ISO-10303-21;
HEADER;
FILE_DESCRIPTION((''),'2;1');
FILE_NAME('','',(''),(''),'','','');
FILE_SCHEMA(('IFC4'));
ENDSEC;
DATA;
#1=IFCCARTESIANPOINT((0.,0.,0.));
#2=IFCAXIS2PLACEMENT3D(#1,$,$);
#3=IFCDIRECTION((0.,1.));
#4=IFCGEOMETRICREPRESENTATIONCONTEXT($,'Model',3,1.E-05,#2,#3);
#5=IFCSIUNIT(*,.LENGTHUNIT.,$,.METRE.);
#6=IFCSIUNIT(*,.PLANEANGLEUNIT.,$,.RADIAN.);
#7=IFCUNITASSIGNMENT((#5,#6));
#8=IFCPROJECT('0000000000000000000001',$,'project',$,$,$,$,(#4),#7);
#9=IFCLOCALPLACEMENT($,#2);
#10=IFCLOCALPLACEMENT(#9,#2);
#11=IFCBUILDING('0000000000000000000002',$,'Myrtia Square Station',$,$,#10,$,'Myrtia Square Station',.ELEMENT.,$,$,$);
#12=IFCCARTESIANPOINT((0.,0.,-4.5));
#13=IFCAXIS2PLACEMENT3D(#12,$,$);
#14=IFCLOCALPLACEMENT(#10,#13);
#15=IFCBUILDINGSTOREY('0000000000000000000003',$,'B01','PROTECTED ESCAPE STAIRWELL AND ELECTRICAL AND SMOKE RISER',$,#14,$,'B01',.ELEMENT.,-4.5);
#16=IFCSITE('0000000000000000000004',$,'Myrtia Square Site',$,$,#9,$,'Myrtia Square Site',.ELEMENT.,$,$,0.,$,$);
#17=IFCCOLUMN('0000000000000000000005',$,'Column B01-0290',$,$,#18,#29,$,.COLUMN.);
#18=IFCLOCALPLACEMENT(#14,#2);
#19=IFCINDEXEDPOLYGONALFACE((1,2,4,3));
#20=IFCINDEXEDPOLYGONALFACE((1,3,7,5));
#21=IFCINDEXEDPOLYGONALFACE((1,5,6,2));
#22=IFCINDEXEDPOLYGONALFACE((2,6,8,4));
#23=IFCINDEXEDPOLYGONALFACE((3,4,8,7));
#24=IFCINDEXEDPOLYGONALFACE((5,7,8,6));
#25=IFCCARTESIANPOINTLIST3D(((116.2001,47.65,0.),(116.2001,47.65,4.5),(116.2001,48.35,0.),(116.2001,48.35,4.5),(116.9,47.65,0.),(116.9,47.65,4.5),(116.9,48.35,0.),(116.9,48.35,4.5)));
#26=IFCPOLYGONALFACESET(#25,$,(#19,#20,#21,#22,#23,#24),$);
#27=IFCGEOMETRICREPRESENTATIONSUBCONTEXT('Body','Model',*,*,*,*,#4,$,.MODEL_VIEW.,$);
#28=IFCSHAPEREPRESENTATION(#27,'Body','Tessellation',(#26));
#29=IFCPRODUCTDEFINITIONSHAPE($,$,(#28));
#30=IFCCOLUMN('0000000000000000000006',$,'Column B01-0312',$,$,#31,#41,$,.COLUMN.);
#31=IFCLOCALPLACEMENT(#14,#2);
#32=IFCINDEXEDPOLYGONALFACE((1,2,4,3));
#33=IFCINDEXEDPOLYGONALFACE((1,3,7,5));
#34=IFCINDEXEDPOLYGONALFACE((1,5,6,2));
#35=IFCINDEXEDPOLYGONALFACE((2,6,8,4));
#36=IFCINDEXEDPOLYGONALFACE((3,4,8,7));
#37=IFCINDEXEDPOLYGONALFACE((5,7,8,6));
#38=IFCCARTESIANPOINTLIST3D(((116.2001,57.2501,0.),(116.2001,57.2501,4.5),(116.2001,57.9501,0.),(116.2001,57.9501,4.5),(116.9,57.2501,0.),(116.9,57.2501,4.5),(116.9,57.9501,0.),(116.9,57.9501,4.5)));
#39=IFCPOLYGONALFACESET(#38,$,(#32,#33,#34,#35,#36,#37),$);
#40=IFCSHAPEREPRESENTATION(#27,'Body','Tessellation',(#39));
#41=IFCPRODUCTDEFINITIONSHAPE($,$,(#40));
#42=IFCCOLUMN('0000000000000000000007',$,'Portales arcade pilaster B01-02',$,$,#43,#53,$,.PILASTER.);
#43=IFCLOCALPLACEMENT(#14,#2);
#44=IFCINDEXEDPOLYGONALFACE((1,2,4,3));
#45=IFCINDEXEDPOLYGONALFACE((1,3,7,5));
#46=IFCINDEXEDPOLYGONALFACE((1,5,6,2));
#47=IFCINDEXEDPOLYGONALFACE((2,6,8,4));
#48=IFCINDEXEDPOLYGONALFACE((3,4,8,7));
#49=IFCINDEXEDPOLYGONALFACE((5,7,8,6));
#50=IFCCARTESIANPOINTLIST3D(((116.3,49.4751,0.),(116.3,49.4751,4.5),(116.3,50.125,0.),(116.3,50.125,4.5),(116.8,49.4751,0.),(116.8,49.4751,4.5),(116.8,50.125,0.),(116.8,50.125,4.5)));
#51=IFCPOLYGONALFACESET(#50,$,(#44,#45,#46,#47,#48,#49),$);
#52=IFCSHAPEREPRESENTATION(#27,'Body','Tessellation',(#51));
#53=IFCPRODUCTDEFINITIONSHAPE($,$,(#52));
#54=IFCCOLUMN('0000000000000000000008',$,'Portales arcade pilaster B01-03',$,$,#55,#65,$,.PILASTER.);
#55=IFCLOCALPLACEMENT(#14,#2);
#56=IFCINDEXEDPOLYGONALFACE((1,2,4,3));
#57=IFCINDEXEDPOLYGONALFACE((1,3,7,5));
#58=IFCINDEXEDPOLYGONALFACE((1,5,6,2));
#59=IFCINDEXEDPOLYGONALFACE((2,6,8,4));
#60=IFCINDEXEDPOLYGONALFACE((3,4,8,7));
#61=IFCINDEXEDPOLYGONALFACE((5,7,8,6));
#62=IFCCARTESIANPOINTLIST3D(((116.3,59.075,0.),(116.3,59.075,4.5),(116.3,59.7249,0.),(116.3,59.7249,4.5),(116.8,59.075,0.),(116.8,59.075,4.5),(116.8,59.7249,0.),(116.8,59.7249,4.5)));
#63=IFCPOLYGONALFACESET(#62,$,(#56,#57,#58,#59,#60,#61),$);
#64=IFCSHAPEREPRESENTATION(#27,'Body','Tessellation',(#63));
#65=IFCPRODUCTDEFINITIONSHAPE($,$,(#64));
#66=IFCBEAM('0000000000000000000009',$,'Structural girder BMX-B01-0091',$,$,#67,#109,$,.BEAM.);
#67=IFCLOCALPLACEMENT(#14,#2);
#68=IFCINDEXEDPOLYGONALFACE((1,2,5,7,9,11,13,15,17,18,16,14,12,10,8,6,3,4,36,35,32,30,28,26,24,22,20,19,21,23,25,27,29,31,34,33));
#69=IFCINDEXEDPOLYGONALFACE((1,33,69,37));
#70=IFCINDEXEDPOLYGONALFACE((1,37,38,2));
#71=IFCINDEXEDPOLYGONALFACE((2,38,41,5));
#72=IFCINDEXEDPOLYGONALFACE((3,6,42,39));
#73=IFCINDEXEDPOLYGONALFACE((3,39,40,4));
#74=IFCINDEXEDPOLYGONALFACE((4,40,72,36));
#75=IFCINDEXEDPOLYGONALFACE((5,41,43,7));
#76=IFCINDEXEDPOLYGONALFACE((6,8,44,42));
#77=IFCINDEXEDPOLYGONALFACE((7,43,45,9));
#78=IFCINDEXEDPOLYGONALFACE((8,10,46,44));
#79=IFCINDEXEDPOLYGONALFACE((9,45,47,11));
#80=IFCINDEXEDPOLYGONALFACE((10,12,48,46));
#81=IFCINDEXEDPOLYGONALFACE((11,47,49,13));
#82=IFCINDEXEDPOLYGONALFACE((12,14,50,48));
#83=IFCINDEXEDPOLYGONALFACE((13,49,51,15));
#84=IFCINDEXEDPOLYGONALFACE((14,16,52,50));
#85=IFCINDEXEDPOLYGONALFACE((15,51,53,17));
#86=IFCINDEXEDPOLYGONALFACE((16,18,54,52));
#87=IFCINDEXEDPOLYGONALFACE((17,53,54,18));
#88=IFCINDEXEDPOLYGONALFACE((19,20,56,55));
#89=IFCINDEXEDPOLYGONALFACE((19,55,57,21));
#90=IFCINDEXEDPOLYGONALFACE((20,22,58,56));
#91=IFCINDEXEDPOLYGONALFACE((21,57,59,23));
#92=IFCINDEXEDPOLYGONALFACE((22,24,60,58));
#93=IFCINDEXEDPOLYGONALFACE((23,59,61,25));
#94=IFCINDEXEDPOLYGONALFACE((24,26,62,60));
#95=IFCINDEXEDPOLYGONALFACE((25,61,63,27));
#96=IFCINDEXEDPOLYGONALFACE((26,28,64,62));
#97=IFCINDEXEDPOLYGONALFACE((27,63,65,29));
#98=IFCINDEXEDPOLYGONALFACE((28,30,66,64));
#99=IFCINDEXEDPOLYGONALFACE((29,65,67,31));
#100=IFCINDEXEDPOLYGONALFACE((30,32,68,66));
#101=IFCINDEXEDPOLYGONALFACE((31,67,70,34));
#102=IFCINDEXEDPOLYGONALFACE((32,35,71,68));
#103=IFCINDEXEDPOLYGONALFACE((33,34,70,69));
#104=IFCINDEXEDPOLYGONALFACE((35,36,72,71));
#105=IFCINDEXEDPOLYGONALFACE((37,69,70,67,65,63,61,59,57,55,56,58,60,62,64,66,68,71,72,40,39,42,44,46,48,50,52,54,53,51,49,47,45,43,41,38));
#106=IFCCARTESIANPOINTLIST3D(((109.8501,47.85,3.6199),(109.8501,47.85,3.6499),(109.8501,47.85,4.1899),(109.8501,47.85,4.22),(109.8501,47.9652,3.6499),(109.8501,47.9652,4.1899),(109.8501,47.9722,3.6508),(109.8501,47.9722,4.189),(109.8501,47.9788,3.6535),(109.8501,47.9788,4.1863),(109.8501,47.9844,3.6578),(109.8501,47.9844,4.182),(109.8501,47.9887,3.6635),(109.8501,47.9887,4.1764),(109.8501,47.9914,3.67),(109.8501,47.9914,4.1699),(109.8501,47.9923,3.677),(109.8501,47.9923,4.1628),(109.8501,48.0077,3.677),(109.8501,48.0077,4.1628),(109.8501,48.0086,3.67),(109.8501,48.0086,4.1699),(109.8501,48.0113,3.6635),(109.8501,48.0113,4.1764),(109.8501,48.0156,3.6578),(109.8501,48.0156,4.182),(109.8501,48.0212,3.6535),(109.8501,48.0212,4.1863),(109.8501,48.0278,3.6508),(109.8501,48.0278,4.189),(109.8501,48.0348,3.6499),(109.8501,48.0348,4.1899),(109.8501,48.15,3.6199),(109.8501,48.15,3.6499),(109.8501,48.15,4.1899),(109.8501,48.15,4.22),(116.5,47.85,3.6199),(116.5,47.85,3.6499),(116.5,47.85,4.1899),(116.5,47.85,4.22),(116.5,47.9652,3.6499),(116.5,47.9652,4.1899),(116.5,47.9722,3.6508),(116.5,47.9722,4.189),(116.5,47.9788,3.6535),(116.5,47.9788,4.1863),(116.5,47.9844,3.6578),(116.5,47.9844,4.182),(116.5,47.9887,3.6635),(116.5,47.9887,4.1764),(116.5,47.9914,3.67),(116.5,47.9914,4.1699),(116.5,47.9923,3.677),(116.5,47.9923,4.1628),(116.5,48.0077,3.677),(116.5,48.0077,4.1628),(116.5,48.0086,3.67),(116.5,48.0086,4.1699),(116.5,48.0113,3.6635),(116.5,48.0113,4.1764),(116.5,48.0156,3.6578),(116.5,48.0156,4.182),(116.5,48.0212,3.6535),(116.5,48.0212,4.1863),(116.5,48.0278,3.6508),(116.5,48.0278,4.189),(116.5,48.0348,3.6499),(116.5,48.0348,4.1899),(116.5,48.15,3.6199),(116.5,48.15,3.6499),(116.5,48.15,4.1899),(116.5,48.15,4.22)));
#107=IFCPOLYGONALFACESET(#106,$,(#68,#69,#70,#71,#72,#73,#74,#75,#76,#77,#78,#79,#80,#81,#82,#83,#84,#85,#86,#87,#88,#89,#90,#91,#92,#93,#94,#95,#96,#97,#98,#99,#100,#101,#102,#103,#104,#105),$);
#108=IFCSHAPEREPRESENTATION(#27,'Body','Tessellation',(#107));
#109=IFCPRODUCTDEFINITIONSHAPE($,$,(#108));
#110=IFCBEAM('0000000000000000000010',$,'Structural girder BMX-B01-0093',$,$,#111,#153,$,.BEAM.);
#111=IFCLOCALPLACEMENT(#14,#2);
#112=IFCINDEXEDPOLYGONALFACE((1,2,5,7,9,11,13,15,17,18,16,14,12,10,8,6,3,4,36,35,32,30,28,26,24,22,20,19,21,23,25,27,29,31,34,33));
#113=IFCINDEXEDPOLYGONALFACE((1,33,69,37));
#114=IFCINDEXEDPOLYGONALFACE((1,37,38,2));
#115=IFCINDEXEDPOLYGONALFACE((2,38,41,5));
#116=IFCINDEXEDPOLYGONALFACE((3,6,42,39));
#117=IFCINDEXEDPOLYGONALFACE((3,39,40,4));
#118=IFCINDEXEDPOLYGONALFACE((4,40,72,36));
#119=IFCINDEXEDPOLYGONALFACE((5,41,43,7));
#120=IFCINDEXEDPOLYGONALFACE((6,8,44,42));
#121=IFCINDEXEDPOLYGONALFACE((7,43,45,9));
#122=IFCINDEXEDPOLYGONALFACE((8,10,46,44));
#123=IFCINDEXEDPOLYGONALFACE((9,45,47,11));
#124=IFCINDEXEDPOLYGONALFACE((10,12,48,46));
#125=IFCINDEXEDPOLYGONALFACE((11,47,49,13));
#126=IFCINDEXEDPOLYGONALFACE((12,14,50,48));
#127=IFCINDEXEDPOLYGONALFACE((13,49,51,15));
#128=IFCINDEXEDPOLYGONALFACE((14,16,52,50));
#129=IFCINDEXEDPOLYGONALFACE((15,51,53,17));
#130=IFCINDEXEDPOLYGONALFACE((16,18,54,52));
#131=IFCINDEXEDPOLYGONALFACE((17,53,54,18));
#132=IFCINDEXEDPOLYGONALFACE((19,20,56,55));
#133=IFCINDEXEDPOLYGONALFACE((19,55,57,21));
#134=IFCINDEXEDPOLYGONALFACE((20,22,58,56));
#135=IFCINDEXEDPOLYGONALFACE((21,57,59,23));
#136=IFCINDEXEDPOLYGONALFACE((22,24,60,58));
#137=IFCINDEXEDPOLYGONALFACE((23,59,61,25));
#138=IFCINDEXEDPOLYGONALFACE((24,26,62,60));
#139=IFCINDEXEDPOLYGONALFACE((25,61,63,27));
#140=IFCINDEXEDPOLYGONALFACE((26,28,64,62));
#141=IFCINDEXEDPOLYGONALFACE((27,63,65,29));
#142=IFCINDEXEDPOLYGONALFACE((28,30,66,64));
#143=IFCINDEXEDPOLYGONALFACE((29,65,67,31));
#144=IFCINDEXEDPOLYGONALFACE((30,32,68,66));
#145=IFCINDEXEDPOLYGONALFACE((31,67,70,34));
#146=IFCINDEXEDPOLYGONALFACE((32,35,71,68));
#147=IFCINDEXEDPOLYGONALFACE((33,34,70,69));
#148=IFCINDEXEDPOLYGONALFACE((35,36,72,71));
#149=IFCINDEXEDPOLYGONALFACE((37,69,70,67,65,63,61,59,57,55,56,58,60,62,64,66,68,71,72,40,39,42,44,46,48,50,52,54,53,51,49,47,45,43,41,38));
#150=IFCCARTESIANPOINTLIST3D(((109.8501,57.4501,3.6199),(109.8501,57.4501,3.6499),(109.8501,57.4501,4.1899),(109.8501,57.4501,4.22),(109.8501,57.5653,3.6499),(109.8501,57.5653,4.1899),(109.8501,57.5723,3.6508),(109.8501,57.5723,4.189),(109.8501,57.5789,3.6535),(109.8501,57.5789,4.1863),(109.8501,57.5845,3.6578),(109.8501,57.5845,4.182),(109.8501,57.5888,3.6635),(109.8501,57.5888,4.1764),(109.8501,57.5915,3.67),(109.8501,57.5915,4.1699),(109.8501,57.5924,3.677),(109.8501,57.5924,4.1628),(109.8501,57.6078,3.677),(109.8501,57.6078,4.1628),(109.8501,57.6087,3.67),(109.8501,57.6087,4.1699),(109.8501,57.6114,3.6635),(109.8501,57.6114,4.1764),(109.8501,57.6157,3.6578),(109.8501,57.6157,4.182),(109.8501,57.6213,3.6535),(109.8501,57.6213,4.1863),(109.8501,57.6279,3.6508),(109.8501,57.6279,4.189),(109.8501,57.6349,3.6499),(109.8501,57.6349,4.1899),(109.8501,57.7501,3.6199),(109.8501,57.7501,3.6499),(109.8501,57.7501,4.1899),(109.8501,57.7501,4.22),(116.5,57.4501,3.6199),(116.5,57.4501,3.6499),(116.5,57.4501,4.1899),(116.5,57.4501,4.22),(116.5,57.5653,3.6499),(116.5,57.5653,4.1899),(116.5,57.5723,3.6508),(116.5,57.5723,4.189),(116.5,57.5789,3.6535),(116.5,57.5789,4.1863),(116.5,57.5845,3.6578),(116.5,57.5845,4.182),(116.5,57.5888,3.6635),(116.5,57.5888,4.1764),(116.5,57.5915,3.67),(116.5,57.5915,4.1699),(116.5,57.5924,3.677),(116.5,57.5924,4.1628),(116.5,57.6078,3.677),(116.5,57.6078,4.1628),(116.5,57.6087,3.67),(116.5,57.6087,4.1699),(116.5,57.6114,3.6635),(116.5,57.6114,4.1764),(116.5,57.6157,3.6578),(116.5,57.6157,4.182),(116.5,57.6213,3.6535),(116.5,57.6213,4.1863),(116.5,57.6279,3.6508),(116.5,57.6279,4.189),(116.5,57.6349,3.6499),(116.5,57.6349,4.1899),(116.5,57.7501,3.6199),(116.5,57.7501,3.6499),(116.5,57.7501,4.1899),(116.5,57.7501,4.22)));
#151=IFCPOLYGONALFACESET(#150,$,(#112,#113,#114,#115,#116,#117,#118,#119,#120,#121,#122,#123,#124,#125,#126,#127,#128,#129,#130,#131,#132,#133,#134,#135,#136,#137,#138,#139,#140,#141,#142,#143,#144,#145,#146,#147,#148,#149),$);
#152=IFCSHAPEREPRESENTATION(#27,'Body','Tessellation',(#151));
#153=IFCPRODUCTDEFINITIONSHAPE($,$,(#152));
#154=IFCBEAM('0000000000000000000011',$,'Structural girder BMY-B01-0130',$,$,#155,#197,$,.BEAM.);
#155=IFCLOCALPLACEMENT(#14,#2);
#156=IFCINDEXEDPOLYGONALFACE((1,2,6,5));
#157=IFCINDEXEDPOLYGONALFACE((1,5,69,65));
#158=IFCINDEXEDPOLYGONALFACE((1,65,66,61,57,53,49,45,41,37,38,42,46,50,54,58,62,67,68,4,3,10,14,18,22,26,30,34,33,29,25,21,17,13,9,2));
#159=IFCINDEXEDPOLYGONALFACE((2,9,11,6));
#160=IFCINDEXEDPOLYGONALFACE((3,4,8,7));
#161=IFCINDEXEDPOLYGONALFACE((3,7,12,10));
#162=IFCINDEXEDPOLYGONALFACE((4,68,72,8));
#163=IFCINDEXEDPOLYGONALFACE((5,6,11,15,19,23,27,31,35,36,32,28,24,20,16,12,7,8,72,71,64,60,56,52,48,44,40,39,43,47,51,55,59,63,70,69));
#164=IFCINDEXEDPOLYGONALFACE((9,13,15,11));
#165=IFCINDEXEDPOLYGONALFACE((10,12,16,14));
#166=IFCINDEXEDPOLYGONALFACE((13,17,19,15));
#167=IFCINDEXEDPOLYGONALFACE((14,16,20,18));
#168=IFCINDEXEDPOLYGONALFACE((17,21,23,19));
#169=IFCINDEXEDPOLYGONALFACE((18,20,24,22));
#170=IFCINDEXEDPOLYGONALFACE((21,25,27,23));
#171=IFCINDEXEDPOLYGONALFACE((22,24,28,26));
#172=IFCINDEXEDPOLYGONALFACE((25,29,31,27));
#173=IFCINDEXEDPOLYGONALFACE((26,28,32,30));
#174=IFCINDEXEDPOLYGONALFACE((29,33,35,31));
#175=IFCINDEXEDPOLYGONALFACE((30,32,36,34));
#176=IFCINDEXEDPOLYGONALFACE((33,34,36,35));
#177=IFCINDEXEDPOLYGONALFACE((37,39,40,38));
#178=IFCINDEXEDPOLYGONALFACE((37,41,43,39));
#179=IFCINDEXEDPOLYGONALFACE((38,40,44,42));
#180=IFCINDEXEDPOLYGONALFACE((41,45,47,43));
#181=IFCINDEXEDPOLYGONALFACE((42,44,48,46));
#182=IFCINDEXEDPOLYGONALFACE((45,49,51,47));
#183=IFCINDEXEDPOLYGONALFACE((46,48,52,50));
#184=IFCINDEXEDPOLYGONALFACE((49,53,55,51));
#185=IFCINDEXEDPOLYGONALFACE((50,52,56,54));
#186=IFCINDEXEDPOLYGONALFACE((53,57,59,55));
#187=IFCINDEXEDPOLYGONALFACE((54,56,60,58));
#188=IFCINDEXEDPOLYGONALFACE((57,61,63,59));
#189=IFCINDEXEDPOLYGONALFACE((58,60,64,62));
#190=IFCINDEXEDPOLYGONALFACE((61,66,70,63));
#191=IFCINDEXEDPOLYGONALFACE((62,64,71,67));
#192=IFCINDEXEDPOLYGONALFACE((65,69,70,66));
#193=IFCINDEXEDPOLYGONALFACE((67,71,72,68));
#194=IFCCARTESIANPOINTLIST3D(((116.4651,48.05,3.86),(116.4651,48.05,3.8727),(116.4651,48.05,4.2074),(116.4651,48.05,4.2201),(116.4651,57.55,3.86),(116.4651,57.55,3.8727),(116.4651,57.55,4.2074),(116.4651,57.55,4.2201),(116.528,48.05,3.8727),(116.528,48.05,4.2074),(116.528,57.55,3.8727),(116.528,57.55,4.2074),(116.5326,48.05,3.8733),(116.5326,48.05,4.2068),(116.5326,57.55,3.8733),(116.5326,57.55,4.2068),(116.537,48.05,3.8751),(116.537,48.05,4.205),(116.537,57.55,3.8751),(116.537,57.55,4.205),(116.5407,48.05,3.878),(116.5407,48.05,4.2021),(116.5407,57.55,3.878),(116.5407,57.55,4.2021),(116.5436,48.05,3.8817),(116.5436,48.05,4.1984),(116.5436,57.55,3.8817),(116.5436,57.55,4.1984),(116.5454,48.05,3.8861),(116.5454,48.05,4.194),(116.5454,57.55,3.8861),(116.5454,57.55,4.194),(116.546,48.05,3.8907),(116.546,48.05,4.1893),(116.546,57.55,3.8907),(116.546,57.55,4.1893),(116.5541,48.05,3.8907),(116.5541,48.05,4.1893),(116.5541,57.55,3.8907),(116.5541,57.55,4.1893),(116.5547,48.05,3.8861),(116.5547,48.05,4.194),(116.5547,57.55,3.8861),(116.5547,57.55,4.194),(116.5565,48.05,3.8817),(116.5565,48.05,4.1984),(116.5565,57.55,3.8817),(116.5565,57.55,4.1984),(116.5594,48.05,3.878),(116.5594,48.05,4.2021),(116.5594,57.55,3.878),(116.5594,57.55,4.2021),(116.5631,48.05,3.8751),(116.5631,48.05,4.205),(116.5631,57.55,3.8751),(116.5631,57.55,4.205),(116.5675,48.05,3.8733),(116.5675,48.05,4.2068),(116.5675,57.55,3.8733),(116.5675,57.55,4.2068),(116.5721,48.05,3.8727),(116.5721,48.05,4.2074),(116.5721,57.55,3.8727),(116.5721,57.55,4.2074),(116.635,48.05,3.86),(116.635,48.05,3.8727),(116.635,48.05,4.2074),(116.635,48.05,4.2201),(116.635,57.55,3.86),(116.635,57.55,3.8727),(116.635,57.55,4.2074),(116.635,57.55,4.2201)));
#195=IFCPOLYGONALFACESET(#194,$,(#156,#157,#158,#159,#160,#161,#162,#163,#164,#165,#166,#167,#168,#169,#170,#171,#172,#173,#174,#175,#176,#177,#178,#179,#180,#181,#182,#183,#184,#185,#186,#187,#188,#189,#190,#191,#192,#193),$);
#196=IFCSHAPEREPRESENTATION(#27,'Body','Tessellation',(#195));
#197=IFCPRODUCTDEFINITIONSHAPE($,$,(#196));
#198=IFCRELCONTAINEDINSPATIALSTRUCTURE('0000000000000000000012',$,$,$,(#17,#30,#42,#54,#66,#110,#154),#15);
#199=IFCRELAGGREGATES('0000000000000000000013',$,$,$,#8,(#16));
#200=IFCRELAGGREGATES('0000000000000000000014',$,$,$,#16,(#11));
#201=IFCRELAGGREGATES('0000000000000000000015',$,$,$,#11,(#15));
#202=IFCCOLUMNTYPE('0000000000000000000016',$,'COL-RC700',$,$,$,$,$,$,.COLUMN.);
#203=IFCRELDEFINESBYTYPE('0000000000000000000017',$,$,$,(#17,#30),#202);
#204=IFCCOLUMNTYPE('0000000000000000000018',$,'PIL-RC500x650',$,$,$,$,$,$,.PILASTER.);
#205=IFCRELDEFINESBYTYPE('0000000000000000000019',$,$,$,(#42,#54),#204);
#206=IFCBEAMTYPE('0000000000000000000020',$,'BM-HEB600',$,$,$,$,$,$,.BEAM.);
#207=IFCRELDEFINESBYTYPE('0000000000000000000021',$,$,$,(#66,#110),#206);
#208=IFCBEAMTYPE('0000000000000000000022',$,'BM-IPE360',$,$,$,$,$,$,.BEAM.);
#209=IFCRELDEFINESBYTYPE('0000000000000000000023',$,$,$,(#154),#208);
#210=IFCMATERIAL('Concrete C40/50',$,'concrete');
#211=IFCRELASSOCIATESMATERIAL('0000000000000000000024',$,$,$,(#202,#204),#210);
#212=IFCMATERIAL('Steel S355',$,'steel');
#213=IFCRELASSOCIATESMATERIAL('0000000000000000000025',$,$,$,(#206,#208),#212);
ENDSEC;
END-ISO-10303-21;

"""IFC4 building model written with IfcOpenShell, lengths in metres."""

from ifc_helpers import new_model, si_unit, direction, frame, origin, origin_2d, place, context, subcontext, project, spatial, rectangle, i_section, extrude, material, material_profile, profile_set, type_object, element, save


model = new_model("IFC4")

# Units and contexts
model_context = context("Model", 3, precision=1e-05, world=origin(), true_north=direction((0.0, 1.0)))
body_context = subcontext(model_context, "Body", "Model", "MODEL_VIEW")
ifc_project = project(units=[si_unit("LENGTHUNIT", "METRE"), si_unit("PLANEANGLEUNIT", "RADIAN")], contexts=[model_context])

# Site, building, storey
site_placement = place(None, origin())
site = spatial("IfcSite", under=ifc_project, at=site_placement, Name="Myrtia Square Site", LongName="Myrtia Square Site", CompositionType="ELEMENT", RefElevation=0.0)
building_placement = place(site_placement, origin())
building = spatial("IfcBuilding", under=site, at=building_placement, Name="Myrtia Square Station", LongName="Myrtia Square Station", CompositionType="ELEMENT")
storey_placement = place(building_placement, frame((0.0, 0.0, -4.5)))
storey = spatial("IfcBuildingStorey", under=building, at=storey_placement, Name="B01", Description="PROTECTED ESCAPE STAIRWELL AND ELECTRICAL AND SMOKE RISER", LongName="B01", CompositionType="ELEMENT", Elevation=-4.5)

# Columns
ifc_material_1 = material(Name="Steel S355", Category="steel")
ifc_material_2 = material(Name="Concrete C40/50", Category="concrete")
ifc_material_profile_1 = material_profile(ifc_material_2, rectangle(XDim=0.7, YDim=0.7, at=origin_2d()), Name="RC 700x700")
ifc_profile_set_1 = profile_set([ifc_material_profile_1], Name="Concrete C40/50")
column_type_1 = type_object("IfcColumnType", Name="COL-RC700", PredefinedType="COLUMN", material=ifc_profile_set_1)
for number, where, z_axis, x_axis, name in (
    (1, (116.55, 48.0, 0.0), (0.0, 0.0, 1.0), (1.0, 0.0, 0.0), "Column B01-0290"),
    (2, (116.55, 57.6001, 0.0), (0.0, 0.0, 1.0), (1.0, 0.0, 0.0), "Column B01-0312"),
):
    element("IfcColumn", number, at=place(storey_placement, frame(where, z_axis=z_axis, x_axis=x_axis)), inside=storey, type_object=column_type_1, Name=name, PredefinedType="COLUMN", context=body_context, shape_type="SweptSolid", body=[
        extrude(rectangle(XDim=0.7, YDim=0.7, at=origin_2d()), origin(), (0.0, 0.0, 1.0), 4.5),
    ])
ifc_material_profile_2 = material_profile(ifc_material_2, rectangle(XDim=0.5, YDim=0.6499, at=origin_2d()), Name="PIL 500x650")
ifc_profile_set_2 = profile_set([ifc_material_profile_2], Name="Concrete C40/50")
column_type_2 = type_object("IfcColumnType", Name="PIL-RC500x650", PredefinedType="PILASTER", material=ifc_profile_set_2)
for number, where, z_axis, x_axis, name in (
    (3, (116.55, 49.8, 0.0), (0.0, 0.0, 1.0), (1.0, 0.0, 0.0), "Portales arcade pilaster B01-02"),
    (4, (116.55, 59.3999, 0.0), (0.0, 0.0, 1.0), (1.0, 0.0, 0.0), "Portales arcade pilaster B01-03"),
):
    element("IfcColumn", number, at=place(storey_placement, frame(where, z_axis=z_axis, x_axis=x_axis)), inside=storey, type_object=column_type_2, Name=name, PredefinedType="PILASTER", context=body_context, shape_type="SweptSolid", body=[
        extrude(rectangle(XDim=0.5, YDim=0.6499, at=origin_2d()), origin(), (0.0, 0.0, 1.0), 4.5),
    ])

# Beams
ifc_material_profile_3 = material_profile(ifc_material_1, i_section(OverallWidth=0.3, OverallDepth=0.6001, WebThickness=0.0154, FlangeThickness=0.03, FilletRadius=0.0271, at=origin_2d()), Name="HEB 600")
ifc_profile_set_3 = profile_set([ifc_material_profile_3], Name="Steel S355")
beam_type_1 = type_object("IfcBeamType", Name="BM-HEB600", PredefinedType="BEAM", material=ifc_profile_set_3)
for number, where, z_axis, x_axis, name in (
    (5, (109.8501, 48.0, 3.9199), (1.0, 0.0, 0.0), (0.0, 1.0, 0.0), "Structural girder BMX-B01-0091"),
    (6, (109.8501, 57.6001, 3.9199), (1.0, 0.0, 0.0), (0.0, 1.0, 0.0), "Structural girder BMX-B01-0093"),
):
    element("IfcBeam", number, at=place(storey_placement, frame(where, z_axis=z_axis, x_axis=x_axis)), inside=storey, type_object=beam_type_1, Name=name, PredefinedType="BEAM", context=body_context, shape_type="SweptSolid", body=[
        extrude(i_section(OverallWidth=0.3, OverallDepth=0.6001, WebThickness=0.0154, FlangeThickness=0.03, FilletRadius=0.0271, at=origin_2d()), origin(), (0.0, 0.0, 1.0), 6.6499),
    ])
ifc_material_profile_4 = material_profile(ifc_material_1, i_section(OverallWidth=0.1699, OverallDepth=0.3601, WebThickness=0.0081, FlangeThickness=0.0127, FilletRadius=0.0181, at=origin_2d()), Name="IPE 360")
ifc_profile_set_4 = profile_set([ifc_material_profile_4], Name="Steel S355")
beam_type_2 = type_object("IfcBeamType", Name="BM-IPE360", PredefinedType="BEAM", material=ifc_profile_set_4)
for number, where, z_axis, x_axis, name in (
    (7, (116.55, 48.05, 4.04), (0.0, 1.0, 0.0), (-1.0, 0.0, 0.0), "Structural girder BMY-B01-0130"),
):
    element("IfcBeam", number, at=place(storey_placement, frame(where, z_axis=z_axis, x_axis=x_axis)), inside=storey, type_object=beam_type_2, Name=name, PredefinedType="BEAM", context=body_context, shape_type="SweptSolid", body=[
        extrude(i_section(OverallWidth=0.1699, OverallDepth=0.3601, WebThickness=0.0081, FlangeThickness=0.0127, FilletRadius=0.0181, at=origin_2d()), origin(), (0.0, 0.0, 1.0), 9.5),
    ])

save(model, "model.ifc")
